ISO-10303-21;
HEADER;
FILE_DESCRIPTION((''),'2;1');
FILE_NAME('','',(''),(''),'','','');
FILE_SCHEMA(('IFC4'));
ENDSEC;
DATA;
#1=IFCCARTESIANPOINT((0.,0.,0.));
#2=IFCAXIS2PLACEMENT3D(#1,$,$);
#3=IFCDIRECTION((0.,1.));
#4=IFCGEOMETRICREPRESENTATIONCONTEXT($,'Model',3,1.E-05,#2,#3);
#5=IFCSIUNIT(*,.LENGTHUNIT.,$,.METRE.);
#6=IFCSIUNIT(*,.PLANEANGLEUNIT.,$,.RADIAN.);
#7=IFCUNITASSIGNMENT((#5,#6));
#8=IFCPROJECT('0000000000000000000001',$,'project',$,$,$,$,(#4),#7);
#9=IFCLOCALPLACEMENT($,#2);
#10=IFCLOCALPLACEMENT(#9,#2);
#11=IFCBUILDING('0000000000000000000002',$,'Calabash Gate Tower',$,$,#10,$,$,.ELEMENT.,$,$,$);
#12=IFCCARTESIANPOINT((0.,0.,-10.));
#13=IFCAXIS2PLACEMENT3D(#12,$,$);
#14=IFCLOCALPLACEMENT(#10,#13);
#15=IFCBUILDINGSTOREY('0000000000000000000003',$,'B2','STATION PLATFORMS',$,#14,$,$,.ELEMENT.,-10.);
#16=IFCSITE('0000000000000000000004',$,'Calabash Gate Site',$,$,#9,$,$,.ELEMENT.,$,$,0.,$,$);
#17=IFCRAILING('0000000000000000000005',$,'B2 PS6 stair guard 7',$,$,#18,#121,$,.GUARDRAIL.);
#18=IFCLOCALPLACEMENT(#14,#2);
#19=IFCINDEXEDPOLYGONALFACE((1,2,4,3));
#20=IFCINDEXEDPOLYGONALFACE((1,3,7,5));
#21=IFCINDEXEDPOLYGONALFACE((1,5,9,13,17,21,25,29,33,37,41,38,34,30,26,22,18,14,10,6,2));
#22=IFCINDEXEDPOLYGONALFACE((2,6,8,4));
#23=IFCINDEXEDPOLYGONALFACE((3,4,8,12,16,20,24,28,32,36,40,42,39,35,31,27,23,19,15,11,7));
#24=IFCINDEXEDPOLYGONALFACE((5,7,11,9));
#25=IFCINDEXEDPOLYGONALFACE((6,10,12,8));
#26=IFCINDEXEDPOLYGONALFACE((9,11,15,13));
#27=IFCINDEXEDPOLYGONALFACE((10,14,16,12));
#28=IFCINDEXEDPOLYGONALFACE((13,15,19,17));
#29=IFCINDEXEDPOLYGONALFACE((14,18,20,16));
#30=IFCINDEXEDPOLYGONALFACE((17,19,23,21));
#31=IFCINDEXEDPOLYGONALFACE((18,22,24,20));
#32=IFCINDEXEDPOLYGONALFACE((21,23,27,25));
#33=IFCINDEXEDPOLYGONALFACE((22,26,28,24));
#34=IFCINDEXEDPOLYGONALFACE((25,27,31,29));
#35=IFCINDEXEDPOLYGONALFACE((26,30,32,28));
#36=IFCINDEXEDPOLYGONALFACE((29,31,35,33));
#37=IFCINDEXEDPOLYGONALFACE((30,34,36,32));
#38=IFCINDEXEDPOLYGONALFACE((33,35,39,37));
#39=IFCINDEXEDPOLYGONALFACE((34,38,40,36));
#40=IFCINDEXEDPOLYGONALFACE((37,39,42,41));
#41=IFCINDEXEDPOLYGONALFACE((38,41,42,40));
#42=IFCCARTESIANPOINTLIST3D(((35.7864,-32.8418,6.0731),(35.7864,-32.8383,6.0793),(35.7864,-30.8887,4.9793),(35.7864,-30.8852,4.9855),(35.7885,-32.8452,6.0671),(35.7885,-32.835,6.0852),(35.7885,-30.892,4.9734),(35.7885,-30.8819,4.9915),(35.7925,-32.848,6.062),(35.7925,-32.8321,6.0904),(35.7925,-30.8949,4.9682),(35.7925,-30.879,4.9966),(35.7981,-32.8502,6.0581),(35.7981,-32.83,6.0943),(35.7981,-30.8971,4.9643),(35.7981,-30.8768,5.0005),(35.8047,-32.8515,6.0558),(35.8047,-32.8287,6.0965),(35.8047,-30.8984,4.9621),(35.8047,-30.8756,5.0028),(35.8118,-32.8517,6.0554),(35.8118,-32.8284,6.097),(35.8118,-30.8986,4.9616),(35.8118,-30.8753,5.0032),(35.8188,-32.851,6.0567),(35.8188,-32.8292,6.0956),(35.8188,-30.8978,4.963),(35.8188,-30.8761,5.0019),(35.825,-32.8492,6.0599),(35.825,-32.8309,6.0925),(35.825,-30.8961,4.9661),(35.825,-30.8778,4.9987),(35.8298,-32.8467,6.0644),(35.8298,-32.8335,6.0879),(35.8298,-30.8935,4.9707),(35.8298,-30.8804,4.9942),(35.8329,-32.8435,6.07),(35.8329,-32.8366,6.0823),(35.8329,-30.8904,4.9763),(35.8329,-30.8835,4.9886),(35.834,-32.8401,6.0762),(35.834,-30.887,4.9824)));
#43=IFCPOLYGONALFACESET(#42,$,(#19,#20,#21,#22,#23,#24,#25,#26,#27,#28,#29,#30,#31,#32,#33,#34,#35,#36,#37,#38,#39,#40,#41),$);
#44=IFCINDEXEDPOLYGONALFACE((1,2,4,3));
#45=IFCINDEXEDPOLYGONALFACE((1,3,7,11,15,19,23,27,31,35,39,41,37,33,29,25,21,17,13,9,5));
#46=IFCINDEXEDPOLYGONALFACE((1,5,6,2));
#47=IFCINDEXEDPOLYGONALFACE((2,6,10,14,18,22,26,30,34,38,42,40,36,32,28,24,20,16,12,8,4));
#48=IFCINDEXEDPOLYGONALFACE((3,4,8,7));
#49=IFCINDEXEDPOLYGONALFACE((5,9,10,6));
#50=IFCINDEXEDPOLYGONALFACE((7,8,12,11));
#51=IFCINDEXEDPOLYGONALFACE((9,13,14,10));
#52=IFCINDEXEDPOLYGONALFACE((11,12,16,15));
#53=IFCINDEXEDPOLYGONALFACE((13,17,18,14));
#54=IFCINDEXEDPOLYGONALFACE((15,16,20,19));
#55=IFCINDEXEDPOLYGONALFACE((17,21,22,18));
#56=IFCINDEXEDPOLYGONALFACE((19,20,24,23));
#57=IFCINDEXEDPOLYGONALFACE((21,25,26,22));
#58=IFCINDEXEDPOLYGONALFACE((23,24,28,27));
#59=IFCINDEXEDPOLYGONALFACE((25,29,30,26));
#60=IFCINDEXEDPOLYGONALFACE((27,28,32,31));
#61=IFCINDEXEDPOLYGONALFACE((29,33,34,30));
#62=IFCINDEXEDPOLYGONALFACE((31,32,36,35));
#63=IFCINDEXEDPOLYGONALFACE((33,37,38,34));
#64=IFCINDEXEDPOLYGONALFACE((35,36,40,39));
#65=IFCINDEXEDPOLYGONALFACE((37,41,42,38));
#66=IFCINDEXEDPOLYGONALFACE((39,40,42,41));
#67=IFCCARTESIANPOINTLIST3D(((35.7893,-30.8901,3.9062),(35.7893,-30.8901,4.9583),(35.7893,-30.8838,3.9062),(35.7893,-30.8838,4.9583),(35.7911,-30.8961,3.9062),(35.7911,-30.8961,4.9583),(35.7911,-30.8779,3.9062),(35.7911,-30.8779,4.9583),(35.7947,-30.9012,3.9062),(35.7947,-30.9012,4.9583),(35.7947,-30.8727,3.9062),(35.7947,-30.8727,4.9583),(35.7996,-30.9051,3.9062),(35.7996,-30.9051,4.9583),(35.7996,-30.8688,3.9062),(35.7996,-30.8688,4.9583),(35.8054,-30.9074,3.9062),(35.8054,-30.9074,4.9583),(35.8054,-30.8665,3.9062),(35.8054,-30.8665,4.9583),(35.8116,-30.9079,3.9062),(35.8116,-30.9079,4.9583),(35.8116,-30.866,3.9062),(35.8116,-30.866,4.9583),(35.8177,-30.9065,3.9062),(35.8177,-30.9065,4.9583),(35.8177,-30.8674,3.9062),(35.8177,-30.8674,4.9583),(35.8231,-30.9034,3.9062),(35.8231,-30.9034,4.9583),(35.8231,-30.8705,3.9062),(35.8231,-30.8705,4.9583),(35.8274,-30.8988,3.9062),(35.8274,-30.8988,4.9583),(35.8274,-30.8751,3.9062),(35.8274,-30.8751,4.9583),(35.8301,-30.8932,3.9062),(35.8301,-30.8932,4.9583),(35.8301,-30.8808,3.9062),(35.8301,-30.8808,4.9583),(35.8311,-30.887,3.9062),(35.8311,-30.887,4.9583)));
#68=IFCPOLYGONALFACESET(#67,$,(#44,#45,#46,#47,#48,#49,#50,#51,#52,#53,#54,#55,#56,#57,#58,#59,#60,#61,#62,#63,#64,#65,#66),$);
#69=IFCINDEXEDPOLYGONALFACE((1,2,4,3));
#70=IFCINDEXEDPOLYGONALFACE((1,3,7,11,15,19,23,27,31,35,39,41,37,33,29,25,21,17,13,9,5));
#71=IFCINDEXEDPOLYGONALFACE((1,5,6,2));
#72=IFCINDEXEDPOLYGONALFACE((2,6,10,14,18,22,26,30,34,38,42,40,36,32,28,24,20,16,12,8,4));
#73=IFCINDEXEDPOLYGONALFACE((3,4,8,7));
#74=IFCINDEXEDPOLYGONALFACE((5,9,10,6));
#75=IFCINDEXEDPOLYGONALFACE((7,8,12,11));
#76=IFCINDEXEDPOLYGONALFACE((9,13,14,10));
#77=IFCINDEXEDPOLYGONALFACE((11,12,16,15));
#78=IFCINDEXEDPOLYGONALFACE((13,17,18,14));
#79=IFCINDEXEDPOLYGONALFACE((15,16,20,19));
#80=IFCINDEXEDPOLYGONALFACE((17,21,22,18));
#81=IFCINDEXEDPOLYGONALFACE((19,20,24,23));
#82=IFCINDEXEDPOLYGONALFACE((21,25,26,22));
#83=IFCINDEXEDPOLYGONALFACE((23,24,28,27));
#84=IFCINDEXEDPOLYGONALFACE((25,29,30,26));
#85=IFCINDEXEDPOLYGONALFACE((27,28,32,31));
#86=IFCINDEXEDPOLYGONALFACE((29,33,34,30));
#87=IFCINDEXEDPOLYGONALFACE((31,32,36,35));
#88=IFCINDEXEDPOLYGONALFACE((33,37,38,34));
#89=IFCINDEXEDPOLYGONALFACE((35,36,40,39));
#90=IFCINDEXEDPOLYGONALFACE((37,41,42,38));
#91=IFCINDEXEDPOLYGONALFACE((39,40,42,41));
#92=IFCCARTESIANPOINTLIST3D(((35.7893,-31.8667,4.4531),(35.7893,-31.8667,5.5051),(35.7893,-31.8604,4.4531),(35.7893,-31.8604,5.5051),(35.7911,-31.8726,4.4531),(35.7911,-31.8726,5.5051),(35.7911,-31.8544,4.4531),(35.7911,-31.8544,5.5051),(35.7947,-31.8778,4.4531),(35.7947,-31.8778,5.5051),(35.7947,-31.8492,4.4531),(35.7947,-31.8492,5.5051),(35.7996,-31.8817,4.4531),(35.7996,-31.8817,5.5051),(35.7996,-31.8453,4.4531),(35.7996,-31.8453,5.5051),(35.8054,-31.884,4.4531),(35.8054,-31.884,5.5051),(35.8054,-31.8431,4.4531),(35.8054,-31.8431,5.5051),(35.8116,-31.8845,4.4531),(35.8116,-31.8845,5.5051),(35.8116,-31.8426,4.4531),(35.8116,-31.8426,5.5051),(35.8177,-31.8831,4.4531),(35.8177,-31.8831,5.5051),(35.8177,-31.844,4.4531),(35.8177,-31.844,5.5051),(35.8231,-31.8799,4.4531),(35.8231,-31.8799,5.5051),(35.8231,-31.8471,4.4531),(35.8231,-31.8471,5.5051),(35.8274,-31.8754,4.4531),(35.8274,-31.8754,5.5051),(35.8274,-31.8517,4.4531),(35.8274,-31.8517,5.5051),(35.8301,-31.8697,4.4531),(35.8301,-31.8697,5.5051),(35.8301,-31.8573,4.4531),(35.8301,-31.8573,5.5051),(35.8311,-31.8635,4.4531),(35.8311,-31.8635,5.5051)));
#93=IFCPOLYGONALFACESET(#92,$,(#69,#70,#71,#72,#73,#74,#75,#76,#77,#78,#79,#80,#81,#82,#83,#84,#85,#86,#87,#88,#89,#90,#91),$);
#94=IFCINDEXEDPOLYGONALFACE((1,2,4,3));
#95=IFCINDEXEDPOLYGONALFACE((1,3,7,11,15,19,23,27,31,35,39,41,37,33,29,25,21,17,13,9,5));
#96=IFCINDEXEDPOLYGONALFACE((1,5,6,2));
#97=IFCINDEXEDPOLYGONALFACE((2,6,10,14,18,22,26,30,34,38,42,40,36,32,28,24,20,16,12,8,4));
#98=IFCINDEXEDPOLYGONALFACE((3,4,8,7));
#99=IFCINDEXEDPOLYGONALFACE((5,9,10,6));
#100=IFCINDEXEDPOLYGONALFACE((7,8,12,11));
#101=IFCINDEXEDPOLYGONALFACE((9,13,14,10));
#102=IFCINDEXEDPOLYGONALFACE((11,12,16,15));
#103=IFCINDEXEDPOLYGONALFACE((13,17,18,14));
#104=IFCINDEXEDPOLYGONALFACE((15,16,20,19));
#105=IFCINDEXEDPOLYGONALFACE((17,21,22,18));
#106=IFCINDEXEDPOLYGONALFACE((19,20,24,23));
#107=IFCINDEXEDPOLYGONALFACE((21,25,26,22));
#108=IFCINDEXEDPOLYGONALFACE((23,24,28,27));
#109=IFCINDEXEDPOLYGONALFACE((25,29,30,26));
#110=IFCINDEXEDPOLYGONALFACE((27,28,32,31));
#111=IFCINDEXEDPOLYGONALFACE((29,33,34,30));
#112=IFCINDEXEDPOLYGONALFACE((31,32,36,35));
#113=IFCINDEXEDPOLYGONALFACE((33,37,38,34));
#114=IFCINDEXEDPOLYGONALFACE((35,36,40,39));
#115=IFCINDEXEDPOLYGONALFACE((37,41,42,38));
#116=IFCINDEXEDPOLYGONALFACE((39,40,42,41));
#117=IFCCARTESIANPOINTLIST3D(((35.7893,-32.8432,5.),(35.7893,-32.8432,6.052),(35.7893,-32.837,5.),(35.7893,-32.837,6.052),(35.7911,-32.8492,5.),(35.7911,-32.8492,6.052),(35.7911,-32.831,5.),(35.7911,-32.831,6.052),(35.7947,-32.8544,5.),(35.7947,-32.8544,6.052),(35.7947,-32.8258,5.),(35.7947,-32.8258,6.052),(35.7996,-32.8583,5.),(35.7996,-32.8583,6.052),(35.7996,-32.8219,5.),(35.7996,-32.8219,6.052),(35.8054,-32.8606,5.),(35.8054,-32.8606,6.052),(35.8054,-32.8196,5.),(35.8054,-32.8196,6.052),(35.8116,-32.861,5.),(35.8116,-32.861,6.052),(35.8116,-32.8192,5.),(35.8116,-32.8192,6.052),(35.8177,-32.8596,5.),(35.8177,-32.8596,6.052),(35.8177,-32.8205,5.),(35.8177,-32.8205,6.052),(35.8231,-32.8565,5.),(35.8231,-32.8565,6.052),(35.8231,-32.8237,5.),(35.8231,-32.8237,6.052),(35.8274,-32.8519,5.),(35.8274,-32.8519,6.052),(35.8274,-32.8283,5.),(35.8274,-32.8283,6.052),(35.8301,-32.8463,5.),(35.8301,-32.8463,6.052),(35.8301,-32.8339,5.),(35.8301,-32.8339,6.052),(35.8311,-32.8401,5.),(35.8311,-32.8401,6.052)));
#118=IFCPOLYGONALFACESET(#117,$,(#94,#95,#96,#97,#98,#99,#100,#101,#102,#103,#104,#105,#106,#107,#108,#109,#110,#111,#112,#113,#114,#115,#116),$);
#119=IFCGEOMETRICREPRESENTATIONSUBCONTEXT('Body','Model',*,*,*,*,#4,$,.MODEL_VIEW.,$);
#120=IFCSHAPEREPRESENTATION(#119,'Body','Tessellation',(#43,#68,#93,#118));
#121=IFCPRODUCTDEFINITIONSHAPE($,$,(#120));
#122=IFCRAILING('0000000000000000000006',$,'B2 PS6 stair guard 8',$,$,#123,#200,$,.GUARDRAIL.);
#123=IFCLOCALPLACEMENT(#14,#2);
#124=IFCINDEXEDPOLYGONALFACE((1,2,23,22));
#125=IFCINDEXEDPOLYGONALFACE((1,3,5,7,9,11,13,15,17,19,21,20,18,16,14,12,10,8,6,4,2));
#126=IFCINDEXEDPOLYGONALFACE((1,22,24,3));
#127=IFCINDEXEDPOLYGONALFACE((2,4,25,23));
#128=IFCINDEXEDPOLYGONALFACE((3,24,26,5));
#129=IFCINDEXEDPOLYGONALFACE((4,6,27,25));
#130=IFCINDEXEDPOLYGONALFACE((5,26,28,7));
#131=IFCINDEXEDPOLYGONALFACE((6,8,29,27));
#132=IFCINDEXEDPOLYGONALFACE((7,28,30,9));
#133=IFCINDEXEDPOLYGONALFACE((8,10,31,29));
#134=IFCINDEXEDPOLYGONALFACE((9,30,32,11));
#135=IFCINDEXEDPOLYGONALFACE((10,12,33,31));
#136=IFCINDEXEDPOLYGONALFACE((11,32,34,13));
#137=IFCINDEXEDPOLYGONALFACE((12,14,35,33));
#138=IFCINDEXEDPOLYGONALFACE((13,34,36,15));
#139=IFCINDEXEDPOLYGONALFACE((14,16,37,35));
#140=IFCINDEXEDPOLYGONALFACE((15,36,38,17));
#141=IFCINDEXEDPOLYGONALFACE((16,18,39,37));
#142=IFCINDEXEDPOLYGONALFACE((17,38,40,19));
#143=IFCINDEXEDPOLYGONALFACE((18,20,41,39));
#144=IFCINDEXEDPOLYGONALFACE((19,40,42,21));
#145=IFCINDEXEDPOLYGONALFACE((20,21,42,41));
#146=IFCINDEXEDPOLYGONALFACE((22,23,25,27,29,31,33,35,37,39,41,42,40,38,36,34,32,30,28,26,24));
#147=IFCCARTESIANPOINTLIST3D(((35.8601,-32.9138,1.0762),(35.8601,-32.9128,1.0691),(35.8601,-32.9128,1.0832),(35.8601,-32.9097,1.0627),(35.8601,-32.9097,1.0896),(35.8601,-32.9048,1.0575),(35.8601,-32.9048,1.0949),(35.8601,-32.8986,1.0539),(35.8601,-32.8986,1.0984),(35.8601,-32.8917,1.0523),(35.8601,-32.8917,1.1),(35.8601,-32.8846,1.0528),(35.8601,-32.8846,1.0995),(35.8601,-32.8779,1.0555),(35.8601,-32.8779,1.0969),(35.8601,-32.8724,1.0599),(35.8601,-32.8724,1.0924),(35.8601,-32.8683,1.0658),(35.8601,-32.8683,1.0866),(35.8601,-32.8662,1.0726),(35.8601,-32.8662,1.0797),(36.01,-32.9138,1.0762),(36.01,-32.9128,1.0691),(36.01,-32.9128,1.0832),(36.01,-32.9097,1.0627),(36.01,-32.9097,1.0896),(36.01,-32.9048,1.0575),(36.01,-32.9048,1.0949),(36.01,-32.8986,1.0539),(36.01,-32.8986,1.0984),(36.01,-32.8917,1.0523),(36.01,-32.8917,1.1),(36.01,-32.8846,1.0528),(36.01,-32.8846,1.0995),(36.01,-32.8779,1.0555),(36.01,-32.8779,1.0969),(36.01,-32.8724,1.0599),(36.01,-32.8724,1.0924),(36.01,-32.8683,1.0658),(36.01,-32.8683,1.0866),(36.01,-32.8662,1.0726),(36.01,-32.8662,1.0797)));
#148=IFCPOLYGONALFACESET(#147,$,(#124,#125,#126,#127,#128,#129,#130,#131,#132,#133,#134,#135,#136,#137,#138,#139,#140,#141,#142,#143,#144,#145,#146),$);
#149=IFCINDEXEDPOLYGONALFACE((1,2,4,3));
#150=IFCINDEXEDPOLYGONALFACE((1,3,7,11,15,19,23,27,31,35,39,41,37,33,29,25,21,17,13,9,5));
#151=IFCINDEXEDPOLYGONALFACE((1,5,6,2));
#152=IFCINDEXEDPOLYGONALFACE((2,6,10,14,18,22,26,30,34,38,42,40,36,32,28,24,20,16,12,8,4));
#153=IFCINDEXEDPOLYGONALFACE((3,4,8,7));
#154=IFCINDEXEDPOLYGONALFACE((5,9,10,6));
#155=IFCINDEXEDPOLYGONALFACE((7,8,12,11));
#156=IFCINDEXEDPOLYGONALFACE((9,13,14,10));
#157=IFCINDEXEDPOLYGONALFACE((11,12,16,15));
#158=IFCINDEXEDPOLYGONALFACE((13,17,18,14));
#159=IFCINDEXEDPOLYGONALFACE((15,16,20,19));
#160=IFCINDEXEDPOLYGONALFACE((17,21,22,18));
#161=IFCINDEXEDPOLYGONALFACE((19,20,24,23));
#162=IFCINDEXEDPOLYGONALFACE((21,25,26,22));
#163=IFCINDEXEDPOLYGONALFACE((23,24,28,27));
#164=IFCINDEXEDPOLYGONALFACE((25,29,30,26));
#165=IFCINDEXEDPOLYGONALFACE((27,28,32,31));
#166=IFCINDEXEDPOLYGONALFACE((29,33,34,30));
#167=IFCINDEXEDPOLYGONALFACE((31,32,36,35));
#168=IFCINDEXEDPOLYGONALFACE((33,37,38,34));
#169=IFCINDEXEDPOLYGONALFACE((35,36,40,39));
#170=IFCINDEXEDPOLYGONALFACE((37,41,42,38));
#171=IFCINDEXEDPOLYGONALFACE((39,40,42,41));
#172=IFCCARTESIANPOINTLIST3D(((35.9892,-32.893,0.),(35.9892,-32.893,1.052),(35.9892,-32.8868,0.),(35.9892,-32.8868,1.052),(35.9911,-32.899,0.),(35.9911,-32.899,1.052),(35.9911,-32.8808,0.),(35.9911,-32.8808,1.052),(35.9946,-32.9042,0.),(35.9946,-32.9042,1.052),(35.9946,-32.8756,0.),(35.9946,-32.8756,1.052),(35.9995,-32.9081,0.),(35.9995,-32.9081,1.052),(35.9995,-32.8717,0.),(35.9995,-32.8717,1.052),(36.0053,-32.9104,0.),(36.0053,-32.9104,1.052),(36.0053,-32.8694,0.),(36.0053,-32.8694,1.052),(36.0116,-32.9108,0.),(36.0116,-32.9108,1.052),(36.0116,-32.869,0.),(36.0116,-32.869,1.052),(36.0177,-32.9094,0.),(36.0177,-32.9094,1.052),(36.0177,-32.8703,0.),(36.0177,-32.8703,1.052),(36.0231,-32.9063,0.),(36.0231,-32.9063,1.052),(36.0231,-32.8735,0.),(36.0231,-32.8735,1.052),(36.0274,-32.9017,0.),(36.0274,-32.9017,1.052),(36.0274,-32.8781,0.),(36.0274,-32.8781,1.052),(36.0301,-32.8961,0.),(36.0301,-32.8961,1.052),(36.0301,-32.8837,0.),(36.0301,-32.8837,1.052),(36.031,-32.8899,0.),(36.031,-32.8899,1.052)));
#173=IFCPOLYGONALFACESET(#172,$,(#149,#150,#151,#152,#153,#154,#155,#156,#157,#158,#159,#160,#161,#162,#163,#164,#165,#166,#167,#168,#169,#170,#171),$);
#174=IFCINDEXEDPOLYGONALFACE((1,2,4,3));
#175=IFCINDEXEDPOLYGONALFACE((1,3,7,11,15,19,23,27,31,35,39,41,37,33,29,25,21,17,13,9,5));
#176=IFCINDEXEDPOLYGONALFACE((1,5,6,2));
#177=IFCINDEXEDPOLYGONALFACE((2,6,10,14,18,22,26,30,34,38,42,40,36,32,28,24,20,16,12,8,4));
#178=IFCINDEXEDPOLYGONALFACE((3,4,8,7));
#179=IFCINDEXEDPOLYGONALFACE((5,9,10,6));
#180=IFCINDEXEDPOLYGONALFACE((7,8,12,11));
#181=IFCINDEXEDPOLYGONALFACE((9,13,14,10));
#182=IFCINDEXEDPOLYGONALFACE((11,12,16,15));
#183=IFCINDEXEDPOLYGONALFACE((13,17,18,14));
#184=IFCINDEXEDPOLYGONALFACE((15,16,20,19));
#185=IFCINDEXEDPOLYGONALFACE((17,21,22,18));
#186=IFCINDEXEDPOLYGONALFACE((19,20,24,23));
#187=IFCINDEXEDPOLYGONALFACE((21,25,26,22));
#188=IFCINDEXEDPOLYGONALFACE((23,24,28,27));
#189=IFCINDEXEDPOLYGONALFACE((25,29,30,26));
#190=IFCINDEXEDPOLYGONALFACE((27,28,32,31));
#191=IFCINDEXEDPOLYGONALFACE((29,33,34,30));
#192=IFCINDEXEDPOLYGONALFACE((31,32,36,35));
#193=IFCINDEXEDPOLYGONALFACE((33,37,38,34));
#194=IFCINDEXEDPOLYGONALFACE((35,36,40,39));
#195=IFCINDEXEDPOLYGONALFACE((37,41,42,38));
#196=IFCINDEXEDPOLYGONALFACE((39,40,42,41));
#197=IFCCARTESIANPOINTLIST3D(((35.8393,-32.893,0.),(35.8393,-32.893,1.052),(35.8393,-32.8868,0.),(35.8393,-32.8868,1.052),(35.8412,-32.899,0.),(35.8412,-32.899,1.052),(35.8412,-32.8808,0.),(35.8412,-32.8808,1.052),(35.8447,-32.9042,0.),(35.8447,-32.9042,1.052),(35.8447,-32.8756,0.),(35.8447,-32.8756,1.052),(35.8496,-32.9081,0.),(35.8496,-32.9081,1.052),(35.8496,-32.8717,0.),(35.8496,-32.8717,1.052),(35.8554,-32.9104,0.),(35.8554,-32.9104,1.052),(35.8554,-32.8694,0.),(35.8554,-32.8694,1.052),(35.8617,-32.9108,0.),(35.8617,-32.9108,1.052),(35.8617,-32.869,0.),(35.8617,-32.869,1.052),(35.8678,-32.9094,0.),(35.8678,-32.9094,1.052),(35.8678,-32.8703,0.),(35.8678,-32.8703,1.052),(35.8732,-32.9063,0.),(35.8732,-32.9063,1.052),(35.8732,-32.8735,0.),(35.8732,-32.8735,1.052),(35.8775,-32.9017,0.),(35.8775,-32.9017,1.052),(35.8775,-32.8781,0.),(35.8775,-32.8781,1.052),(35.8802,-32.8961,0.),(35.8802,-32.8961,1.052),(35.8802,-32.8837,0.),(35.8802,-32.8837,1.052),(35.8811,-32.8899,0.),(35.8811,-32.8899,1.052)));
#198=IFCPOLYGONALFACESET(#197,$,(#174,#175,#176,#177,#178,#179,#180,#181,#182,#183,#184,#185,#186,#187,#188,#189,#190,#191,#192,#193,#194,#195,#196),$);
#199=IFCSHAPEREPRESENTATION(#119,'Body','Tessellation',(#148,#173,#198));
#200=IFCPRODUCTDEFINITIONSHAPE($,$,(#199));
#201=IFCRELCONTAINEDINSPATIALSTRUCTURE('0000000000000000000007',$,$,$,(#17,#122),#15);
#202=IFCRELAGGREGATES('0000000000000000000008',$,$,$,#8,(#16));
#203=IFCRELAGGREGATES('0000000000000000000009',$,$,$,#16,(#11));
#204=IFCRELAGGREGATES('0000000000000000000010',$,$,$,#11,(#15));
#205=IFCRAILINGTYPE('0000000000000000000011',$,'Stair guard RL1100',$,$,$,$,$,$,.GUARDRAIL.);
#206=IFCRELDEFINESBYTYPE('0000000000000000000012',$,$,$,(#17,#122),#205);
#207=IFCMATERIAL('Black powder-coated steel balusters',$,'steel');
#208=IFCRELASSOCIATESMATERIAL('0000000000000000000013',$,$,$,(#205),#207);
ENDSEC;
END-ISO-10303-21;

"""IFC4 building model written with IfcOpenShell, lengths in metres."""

from ifc_helpers import new_model, si_unit, direction, frame, origin, origin_2d, place, context, subcontext, project, spatial, circle, extrude, material, type_object, element, save


model = new_model("IFC4")

# Units and contexts
model_context = context("Model", 3, precision=1e-05, world=origin(), true_north=direction((0.0, 1.0)))
body_context = subcontext(model_context, "Body", "Model", "MODEL_VIEW")
ifc_project = project(units=[si_unit("LENGTHUNIT", "METRE"), si_unit("PLANEANGLEUNIT", "RADIAN")], contexts=[model_context])

# Site, building, storey
site_placement = place(None, origin())
site = spatial("IfcSite", under=ifc_project, at=site_placement, Name="Calabash Gate Site", CompositionType="ELEMENT", RefElevation=0.0)
building_placement = place(site_placement, origin())
building = spatial("IfcBuilding", under=site, at=building_placement, Name="Calabash Gate Tower", CompositionType="ELEMENT")
storey_placement = place(building_placement, frame((0.0, 0.0, -10.0)))
storey = spatial("IfcBuildingStorey", under=building, at=storey_placement, Name="B2", Description="STATION PLATFORMS", CompositionType="ELEMENT", Elevation=-10.0)

# Railings
ifc_material_1 = material(Name="Black powder-coated steel balusters", Category="steel")
railing_type_1 = type_object("IfcRailingType", Name="Stair guard RL1100", PredefinedType="GUARDRAIL", material=ifc_material_1)
railing_1_placement = place(storey_placement, frame((35.8101, -30.887, 3.9062)))
element("IfcRailing", 1, at=railing_1_placement, inside=storey, type_object=railing_type_1, Name="B2 PS6 stair guard 7", PredefinedType="GUARDRAIL", context=body_context, shape_type="SweptSolid", body=[
    extrude(circle(Radius=0.0239, at=origin_2d()), frame((0.0, 0.0, 1.0762), z_axis=(0.0, -0.872506, 0.488603), x_axis=(1.0, 0.0, 0.0)), (0.0, 0.0, 1.0), 2.2385),
    extrude(circle(Radius=0.021, at=origin_2d()), origin(), (0.0, 0.0, 1.0), 1.052),
    extrude(circle(Radius=0.021, at=origin_2d()), frame((0.0, -0.9766, 0.5469)), (0.0, 0.0, 1.0), 1.052),
    extrude(circle(Radius=0.021, at=origin_2d()), frame((0.0, -1.9531, 1.0938)), (0.0, 0.0, 1.0), 1.052),
])
railing_2_placement = place(storey_placement, frame((36.01, -32.8899, 0.0)))
element("IfcRailing", 2, at=railing_2_placement, inside=storey, type_object=railing_type_1, Name="B2 PS6 stair guard 8", PredefinedType="GUARDRAIL", context=body_context, shape_type="SweptSolid", body=[
    extrude(circle(Radius=0.0239, at=origin_2d()), frame((0.0, 0.0, 1.0762), z_axis=(-1.0, 0.0, 0.0), x_axis=(0.0, -1.0, 0.0)), (0.0, 0.0, 1.0), 0.1499),
    extrude(circle(Radius=0.021, at=origin_2d()), origin(), (0.0, 0.0, 1.0), 1.052),
    extrude(circle(Radius=0.021, at=origin_2d()), frame((-0.1499, 0.0, 0.0)), (0.0, 0.0, 1.0), 1.052),
])

save(model, "model.ifc")
